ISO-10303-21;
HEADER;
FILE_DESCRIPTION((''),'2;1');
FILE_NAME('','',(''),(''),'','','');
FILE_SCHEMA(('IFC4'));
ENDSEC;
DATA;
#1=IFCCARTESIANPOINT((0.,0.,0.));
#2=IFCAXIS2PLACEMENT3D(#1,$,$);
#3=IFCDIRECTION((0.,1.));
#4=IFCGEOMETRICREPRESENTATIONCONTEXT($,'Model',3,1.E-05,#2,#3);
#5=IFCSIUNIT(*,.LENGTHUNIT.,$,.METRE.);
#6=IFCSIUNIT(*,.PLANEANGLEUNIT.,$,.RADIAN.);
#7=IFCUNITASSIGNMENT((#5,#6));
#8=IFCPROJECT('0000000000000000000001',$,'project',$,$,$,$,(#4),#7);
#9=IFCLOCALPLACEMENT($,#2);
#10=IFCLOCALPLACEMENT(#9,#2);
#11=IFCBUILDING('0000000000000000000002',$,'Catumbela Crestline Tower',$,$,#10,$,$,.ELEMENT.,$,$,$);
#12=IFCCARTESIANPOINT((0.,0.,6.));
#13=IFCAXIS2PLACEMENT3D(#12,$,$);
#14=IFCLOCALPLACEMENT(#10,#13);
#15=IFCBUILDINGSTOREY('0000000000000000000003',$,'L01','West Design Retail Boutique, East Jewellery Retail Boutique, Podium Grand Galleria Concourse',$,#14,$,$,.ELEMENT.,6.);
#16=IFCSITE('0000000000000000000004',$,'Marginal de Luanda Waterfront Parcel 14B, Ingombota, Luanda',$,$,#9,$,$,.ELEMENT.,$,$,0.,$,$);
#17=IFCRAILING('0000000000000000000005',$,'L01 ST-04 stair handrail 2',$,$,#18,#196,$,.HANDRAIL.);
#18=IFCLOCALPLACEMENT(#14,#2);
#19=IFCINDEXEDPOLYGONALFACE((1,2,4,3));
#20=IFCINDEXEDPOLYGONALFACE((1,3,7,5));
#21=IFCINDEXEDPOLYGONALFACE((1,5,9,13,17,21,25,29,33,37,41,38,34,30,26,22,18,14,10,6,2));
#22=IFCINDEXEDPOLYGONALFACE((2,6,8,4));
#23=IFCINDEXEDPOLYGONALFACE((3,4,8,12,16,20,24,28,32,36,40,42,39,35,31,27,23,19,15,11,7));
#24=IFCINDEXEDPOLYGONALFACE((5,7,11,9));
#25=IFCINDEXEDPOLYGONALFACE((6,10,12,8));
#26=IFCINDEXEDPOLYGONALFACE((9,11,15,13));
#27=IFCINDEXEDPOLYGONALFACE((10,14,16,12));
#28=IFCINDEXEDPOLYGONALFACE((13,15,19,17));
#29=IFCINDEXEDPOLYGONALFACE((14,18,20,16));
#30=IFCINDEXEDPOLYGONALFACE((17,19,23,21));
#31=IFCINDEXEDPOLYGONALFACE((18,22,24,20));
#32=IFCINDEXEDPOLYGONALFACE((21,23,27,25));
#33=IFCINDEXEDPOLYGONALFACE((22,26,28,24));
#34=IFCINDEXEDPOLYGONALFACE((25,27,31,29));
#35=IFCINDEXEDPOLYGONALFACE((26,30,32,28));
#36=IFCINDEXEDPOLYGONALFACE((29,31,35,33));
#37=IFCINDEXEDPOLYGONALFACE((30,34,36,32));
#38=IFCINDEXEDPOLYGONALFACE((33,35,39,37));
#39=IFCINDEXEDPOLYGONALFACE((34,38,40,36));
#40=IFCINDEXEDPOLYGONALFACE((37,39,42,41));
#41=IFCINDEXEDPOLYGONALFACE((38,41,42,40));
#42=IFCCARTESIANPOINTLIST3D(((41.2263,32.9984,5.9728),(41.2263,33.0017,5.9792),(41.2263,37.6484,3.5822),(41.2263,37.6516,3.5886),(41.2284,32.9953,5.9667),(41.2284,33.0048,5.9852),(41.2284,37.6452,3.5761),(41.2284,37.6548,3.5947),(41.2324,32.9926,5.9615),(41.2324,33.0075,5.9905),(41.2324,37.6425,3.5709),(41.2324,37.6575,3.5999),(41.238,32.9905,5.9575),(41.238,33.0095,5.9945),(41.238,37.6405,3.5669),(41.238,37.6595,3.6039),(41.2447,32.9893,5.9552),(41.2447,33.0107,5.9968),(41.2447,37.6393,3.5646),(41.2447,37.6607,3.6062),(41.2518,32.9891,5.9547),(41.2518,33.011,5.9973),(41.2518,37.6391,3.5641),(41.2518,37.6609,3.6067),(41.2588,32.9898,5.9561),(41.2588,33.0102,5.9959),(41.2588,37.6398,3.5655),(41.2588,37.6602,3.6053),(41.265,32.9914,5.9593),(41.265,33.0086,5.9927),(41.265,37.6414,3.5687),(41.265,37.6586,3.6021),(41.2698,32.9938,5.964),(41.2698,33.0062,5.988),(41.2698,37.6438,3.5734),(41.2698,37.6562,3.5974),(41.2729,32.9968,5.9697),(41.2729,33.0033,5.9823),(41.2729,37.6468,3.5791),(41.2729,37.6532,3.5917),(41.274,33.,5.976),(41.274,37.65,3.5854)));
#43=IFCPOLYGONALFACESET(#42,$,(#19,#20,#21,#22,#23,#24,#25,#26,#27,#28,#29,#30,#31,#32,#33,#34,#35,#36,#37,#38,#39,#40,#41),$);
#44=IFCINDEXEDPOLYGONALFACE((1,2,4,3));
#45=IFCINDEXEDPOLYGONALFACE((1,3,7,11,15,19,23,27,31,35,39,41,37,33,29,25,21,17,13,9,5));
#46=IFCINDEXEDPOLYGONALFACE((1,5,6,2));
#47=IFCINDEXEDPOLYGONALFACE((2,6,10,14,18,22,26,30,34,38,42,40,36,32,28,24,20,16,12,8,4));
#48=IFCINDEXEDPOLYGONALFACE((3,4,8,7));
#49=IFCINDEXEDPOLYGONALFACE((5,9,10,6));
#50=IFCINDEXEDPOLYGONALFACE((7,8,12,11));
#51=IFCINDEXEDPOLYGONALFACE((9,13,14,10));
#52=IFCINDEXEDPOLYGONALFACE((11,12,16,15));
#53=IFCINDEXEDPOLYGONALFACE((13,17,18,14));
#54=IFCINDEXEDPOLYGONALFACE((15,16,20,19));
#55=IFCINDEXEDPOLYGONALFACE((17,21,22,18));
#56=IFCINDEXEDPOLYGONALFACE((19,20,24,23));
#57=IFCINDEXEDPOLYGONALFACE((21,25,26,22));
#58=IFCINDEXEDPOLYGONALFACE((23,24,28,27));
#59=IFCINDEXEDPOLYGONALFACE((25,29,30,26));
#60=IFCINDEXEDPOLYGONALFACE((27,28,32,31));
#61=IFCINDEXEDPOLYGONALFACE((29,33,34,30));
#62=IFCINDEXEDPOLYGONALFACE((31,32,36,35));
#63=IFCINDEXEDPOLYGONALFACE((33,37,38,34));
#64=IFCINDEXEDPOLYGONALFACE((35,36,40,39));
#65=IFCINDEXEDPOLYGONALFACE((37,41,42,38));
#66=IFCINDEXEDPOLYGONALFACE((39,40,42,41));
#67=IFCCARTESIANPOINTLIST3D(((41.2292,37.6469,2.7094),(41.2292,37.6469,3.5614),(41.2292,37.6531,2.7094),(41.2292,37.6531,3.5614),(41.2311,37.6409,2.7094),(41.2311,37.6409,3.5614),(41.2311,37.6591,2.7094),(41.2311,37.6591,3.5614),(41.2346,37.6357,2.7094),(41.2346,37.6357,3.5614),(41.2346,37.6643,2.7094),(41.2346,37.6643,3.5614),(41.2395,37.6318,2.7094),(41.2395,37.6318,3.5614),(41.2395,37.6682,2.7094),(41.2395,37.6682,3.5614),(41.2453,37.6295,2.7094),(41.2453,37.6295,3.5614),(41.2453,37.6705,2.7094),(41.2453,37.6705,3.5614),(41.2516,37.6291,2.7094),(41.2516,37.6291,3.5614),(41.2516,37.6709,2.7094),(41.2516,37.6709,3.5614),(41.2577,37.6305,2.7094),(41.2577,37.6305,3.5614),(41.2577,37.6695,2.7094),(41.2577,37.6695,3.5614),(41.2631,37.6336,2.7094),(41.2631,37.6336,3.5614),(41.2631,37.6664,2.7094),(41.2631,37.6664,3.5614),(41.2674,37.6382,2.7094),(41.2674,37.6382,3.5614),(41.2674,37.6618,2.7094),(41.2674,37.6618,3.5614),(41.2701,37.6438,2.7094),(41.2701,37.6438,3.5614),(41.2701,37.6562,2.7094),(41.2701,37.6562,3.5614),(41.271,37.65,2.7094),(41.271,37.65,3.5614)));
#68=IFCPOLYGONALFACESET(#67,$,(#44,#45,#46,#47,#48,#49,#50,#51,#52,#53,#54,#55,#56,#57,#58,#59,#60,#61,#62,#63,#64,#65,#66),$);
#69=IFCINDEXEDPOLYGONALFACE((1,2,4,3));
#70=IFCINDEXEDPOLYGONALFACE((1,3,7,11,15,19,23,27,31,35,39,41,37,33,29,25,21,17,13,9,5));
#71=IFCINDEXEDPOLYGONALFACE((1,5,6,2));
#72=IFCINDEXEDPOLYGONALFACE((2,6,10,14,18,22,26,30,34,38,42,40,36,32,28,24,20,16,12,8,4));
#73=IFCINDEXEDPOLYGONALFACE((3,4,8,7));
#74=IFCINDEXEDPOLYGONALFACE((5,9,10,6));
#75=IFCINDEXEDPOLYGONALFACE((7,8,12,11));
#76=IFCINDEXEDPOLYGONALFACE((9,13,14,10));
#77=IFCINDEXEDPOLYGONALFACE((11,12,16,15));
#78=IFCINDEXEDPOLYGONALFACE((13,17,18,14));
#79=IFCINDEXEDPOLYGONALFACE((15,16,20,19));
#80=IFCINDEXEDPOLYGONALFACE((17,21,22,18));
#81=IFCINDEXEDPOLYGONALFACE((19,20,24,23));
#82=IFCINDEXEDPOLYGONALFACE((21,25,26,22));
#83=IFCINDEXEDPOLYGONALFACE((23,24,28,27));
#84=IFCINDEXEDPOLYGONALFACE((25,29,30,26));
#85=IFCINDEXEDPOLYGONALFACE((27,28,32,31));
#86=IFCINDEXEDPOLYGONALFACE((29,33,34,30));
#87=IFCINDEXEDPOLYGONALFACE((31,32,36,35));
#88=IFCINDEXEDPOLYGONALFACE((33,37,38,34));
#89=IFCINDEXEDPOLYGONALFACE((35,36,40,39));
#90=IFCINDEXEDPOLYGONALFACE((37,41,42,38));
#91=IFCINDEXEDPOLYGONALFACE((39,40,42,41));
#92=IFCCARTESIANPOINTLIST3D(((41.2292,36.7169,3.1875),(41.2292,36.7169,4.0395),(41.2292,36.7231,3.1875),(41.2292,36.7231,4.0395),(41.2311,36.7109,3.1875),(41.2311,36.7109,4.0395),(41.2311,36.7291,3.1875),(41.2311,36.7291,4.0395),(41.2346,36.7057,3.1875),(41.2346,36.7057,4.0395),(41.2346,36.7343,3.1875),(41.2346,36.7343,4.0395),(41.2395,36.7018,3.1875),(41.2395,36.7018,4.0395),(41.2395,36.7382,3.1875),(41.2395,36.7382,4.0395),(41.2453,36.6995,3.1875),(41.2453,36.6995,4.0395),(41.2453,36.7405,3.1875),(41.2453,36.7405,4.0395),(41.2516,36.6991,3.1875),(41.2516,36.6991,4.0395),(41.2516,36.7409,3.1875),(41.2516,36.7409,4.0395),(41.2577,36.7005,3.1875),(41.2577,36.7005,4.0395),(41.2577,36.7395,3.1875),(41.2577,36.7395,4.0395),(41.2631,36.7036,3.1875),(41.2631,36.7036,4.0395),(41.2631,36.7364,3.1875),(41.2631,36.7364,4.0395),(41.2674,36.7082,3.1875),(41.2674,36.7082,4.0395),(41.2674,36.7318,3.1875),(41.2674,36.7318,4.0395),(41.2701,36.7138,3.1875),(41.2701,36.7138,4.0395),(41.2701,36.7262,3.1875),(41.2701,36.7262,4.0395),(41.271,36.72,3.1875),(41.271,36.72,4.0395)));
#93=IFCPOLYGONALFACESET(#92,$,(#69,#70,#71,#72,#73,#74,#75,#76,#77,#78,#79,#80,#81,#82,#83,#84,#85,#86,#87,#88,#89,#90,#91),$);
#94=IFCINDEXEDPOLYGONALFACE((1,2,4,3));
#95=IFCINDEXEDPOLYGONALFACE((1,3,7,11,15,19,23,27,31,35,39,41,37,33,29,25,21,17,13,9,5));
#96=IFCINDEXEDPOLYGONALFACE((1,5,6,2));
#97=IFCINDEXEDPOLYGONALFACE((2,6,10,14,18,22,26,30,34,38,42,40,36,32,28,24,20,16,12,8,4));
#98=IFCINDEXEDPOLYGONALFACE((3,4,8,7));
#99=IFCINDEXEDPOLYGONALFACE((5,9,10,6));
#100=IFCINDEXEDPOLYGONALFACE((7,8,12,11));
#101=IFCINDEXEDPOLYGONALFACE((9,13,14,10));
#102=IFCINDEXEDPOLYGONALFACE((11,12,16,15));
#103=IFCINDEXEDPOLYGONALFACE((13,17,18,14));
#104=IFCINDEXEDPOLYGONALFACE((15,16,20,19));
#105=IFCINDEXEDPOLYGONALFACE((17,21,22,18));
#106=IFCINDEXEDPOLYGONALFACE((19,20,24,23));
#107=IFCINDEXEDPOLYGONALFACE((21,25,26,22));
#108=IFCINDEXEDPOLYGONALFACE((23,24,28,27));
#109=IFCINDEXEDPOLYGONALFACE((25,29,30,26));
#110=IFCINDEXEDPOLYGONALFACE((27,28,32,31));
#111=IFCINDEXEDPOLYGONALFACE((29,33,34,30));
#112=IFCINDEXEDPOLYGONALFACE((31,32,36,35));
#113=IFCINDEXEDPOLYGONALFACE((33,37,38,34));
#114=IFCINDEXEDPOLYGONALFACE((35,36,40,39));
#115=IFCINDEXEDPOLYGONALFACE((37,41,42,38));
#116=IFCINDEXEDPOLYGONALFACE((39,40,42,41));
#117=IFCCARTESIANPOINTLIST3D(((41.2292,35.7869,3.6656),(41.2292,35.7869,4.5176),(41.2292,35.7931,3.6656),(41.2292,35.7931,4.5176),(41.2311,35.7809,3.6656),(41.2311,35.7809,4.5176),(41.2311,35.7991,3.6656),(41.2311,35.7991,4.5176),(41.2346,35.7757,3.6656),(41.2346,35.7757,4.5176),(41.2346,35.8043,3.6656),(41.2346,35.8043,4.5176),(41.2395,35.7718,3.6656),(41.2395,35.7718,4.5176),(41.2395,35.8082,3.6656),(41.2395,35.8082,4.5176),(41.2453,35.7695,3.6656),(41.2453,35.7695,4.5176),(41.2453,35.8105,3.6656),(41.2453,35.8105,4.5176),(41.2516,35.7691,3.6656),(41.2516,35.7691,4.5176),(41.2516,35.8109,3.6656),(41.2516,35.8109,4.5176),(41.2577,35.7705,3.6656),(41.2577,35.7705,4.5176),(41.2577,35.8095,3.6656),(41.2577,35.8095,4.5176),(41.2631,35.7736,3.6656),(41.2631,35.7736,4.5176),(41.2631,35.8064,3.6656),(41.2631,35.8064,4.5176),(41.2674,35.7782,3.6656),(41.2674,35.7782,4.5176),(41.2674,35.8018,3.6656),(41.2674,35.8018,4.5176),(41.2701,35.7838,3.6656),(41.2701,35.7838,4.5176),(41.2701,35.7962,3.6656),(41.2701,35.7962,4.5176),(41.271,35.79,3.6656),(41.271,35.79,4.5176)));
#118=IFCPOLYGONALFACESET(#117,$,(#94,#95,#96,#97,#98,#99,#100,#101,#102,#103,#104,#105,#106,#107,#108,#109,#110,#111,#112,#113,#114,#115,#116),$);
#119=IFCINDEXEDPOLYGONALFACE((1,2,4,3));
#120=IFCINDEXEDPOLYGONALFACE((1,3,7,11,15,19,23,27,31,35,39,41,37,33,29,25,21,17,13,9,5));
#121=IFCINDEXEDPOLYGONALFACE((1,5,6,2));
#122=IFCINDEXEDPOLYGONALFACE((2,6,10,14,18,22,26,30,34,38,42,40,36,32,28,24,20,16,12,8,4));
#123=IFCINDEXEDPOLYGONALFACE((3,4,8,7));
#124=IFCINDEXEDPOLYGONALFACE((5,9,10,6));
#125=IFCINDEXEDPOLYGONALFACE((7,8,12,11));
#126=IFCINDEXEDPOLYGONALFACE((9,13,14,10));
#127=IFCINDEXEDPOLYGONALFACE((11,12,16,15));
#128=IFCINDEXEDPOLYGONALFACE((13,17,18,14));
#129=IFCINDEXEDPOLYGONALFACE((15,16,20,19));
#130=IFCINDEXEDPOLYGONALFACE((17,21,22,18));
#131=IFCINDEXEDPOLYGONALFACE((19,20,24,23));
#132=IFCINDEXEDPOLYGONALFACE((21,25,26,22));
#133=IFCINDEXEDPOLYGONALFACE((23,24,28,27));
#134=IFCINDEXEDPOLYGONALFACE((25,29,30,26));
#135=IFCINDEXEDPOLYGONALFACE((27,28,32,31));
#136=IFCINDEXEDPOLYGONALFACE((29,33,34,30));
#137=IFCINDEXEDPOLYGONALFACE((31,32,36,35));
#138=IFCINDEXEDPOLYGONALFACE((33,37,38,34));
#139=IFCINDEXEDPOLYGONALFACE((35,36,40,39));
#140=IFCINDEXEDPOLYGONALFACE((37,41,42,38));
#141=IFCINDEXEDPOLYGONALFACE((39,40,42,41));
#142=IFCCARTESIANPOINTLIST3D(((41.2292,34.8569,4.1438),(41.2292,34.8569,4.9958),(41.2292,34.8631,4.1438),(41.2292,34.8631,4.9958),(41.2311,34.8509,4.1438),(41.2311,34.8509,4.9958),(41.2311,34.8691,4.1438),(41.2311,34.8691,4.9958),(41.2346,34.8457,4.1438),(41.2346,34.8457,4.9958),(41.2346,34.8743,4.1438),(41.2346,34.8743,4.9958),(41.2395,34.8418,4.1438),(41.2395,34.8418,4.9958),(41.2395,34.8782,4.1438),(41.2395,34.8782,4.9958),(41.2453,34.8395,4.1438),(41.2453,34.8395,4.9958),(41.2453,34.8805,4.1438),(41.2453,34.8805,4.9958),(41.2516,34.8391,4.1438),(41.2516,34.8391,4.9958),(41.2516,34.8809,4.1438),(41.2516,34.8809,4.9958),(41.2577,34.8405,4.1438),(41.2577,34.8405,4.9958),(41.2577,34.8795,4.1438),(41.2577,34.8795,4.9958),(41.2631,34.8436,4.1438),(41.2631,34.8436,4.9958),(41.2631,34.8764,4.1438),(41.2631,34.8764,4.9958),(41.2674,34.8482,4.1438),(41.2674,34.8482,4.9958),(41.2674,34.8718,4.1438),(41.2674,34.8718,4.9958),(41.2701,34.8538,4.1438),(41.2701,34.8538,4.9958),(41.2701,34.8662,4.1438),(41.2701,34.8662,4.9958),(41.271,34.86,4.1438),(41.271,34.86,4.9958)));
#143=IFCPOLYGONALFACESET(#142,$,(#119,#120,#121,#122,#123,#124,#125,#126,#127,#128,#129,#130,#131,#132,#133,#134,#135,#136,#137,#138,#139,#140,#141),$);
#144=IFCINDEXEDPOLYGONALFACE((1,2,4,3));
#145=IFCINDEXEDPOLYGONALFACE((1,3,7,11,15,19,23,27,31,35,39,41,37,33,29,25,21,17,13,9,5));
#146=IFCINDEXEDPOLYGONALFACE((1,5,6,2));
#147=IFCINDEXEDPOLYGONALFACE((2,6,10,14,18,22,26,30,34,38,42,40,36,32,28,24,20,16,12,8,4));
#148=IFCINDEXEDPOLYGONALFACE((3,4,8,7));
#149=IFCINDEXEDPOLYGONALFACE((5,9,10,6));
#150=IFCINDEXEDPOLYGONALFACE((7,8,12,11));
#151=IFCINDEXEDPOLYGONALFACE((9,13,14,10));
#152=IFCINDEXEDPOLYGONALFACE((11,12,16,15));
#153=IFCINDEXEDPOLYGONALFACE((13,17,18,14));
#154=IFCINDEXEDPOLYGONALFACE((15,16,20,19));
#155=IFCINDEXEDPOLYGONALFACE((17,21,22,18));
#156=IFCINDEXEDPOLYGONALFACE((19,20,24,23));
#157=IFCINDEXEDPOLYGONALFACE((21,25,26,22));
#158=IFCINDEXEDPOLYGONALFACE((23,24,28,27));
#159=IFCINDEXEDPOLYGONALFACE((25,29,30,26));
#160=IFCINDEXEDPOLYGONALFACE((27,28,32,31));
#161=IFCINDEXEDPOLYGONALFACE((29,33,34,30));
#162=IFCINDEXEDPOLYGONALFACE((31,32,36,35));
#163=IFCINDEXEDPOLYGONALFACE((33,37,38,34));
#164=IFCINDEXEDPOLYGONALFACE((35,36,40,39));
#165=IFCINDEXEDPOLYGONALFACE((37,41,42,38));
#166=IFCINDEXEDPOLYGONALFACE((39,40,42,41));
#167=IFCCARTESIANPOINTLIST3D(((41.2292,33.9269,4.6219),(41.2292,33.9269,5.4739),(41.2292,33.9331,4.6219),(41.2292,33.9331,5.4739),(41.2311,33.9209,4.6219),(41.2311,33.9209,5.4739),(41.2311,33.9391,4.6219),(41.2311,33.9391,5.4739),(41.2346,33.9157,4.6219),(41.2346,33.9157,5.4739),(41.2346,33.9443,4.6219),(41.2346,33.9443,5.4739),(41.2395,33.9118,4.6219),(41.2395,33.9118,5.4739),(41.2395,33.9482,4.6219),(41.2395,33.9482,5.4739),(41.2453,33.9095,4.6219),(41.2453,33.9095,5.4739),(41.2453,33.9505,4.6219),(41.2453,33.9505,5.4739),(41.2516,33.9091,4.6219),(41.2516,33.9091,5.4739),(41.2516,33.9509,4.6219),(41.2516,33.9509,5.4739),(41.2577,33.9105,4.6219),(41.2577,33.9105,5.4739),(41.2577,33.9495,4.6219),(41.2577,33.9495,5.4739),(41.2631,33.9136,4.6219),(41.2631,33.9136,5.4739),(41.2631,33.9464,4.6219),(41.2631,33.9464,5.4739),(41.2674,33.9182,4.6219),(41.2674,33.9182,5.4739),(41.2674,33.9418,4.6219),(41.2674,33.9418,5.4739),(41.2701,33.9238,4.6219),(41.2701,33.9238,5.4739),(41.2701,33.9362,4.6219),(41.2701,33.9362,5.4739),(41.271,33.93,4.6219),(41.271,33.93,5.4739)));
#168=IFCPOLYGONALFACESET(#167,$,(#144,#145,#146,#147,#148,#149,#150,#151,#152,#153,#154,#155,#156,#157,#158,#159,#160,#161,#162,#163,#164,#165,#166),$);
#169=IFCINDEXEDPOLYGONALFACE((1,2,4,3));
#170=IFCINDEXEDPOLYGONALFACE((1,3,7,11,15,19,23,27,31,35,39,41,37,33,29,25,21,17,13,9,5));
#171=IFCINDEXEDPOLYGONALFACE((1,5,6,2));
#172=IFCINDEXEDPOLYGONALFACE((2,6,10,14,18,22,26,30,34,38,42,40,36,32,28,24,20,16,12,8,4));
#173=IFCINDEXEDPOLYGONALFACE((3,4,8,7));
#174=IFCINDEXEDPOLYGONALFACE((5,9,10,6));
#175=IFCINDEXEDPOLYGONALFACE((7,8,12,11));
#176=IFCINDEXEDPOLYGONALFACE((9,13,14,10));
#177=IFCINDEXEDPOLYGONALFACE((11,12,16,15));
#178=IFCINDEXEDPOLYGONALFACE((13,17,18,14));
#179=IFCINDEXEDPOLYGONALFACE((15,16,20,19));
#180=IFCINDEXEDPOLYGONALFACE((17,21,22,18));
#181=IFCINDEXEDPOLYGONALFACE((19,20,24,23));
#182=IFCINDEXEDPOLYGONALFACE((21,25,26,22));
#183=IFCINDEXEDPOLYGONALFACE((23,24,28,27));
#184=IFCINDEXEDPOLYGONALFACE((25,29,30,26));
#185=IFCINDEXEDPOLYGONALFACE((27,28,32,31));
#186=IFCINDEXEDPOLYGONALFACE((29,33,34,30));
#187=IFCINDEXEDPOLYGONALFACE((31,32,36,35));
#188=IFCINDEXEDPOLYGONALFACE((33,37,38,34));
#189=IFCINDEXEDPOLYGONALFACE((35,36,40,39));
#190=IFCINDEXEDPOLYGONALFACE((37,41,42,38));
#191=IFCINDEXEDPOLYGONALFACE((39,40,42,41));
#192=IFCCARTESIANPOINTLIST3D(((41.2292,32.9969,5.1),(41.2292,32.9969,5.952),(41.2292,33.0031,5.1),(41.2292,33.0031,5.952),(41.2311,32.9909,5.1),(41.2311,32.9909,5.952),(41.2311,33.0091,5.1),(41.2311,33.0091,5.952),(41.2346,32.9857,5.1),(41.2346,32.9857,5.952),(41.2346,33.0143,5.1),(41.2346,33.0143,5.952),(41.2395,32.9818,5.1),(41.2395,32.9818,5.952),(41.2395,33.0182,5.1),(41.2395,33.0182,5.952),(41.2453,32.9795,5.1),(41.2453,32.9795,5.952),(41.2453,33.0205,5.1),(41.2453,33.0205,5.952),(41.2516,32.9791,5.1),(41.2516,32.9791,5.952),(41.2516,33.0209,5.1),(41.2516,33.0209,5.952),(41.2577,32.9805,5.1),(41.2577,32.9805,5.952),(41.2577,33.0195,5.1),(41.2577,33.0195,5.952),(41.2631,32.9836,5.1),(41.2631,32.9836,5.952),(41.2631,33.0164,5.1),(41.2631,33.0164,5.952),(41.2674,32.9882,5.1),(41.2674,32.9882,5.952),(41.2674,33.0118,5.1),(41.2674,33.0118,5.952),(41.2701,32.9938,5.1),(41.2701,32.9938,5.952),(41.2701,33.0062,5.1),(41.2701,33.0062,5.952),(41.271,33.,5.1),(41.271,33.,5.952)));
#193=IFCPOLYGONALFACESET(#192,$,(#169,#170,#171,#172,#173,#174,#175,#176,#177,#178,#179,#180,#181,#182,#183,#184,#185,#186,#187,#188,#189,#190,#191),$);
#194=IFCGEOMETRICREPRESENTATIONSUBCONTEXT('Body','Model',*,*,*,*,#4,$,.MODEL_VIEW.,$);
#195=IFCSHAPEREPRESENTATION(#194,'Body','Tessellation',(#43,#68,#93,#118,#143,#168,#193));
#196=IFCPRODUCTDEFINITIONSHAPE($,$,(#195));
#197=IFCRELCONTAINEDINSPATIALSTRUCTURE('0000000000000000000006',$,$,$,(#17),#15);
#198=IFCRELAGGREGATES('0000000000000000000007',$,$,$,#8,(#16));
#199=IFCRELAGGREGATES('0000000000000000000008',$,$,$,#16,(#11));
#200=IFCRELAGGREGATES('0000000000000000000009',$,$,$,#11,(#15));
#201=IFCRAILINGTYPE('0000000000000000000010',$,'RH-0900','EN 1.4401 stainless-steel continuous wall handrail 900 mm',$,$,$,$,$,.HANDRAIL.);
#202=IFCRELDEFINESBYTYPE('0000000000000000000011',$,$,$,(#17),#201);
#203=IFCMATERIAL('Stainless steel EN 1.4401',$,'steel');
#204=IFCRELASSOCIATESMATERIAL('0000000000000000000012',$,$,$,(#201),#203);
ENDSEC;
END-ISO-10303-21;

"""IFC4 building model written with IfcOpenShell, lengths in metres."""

from ifc_helpers import new_model, si_unit, direction, frame, origin, origin_2d, place, context, subcontext, project, spatial, circle, extrude, material, type_object, element, save


model = new_model("IFC4")

# Units and contexts
model_context = context("Model", 3, precision=1e-05, world=origin(), true_north=direction((0.0, 1.0)))
body_context = subcontext(model_context, "Body", "Model", "MODEL_VIEW")
ifc_project = project(units=[si_unit("LENGTHUNIT", "METRE"), si_unit("PLANEANGLEUNIT", "RADIAN")], contexts=[model_context])

# Site, building, storey
site_placement = place(None, origin())
site = spatial("IfcSite", under=ifc_project, at=site_placement, Name="Marginal de Luanda Waterfront Parcel 14B, Ingombota, Luanda", CompositionType="ELEMENT", RefElevation=0.0)
building_placement = place(site_placement, origin())
building = spatial("IfcBuilding", under=site, at=building_placement, Name="Catumbela Crestline Tower", CompositionType="ELEMENT")
storey_placement = place(building_placement, frame((0.0, 0.0, 6.0)))
storey = spatial("IfcBuildingStorey", under=building, at=storey_placement, Name="L01", Description="West Design Retail Boutique, East Jewellery Retail Boutique, Podium Grand Galleria Concourse", CompositionType="ELEMENT", Elevation=6.0)

# Railing
ifc_material_1 = material(Name="Stainless steel EN 1.4401", Category="steel")
railing_type_1 = type_object("IfcRailingType", Name="RH-0900", Description="EN 1.4401 stainless-steel continuous wall handrail 900 mm", PredefinedType="HANDRAIL", material=ifc_material_1)
railing_1_placement = place(storey_placement, frame((41.25, 37.65, 2.7094)))
element("IfcRailing", 1, at=railing_1_placement, inside=storey, type_object=railing_type_1, Name="L01 ST-04 stair handrail 2", PredefinedType="HANDRAIL", context=body_context, shape_type="SweptSolid", body=[
    extrude(circle(Radius=0.024, at=origin_2d()), frame((0.0, 0.0, 0.876), z_axis=(0.0, -0.889352, 0.457223), x_axis=(1.0, 0.0, 0.0)), (0.0, 0.0, 1.0), 5.2285),
    extrude(circle(Radius=0.021, at=origin_2d()), origin(), (0.0, 0.0, 1.0), 0.852),
    extrude(circle(Radius=0.021, at=origin_2d()), frame((0.0, -0.93, 0.4781)), (0.0, 0.0, 1.0), 0.852),
    extrude(circle(Radius=0.021, at=origin_2d()), frame((0.0, -1.86, 0.9562)), (0.0, 0.0, 1.0), 0.852),
    extrude(circle(Radius=0.021, at=origin_2d()), frame((0.0, -2.79, 1.4344)), (0.0, 0.0, 1.0), 0.852),
    extrude(circle(Radius=0.021, at=origin_2d()), frame((0.0, -3.72, 1.9125)), (0.0, 0.0, 1.0), 0.852),
    extrude(circle(Radius=0.021, at=origin_2d()), frame((0.0, -4.65, 2.3906)), (0.0, 0.0, 1.0), 0.852),
])

save(model, "model.ifc")
